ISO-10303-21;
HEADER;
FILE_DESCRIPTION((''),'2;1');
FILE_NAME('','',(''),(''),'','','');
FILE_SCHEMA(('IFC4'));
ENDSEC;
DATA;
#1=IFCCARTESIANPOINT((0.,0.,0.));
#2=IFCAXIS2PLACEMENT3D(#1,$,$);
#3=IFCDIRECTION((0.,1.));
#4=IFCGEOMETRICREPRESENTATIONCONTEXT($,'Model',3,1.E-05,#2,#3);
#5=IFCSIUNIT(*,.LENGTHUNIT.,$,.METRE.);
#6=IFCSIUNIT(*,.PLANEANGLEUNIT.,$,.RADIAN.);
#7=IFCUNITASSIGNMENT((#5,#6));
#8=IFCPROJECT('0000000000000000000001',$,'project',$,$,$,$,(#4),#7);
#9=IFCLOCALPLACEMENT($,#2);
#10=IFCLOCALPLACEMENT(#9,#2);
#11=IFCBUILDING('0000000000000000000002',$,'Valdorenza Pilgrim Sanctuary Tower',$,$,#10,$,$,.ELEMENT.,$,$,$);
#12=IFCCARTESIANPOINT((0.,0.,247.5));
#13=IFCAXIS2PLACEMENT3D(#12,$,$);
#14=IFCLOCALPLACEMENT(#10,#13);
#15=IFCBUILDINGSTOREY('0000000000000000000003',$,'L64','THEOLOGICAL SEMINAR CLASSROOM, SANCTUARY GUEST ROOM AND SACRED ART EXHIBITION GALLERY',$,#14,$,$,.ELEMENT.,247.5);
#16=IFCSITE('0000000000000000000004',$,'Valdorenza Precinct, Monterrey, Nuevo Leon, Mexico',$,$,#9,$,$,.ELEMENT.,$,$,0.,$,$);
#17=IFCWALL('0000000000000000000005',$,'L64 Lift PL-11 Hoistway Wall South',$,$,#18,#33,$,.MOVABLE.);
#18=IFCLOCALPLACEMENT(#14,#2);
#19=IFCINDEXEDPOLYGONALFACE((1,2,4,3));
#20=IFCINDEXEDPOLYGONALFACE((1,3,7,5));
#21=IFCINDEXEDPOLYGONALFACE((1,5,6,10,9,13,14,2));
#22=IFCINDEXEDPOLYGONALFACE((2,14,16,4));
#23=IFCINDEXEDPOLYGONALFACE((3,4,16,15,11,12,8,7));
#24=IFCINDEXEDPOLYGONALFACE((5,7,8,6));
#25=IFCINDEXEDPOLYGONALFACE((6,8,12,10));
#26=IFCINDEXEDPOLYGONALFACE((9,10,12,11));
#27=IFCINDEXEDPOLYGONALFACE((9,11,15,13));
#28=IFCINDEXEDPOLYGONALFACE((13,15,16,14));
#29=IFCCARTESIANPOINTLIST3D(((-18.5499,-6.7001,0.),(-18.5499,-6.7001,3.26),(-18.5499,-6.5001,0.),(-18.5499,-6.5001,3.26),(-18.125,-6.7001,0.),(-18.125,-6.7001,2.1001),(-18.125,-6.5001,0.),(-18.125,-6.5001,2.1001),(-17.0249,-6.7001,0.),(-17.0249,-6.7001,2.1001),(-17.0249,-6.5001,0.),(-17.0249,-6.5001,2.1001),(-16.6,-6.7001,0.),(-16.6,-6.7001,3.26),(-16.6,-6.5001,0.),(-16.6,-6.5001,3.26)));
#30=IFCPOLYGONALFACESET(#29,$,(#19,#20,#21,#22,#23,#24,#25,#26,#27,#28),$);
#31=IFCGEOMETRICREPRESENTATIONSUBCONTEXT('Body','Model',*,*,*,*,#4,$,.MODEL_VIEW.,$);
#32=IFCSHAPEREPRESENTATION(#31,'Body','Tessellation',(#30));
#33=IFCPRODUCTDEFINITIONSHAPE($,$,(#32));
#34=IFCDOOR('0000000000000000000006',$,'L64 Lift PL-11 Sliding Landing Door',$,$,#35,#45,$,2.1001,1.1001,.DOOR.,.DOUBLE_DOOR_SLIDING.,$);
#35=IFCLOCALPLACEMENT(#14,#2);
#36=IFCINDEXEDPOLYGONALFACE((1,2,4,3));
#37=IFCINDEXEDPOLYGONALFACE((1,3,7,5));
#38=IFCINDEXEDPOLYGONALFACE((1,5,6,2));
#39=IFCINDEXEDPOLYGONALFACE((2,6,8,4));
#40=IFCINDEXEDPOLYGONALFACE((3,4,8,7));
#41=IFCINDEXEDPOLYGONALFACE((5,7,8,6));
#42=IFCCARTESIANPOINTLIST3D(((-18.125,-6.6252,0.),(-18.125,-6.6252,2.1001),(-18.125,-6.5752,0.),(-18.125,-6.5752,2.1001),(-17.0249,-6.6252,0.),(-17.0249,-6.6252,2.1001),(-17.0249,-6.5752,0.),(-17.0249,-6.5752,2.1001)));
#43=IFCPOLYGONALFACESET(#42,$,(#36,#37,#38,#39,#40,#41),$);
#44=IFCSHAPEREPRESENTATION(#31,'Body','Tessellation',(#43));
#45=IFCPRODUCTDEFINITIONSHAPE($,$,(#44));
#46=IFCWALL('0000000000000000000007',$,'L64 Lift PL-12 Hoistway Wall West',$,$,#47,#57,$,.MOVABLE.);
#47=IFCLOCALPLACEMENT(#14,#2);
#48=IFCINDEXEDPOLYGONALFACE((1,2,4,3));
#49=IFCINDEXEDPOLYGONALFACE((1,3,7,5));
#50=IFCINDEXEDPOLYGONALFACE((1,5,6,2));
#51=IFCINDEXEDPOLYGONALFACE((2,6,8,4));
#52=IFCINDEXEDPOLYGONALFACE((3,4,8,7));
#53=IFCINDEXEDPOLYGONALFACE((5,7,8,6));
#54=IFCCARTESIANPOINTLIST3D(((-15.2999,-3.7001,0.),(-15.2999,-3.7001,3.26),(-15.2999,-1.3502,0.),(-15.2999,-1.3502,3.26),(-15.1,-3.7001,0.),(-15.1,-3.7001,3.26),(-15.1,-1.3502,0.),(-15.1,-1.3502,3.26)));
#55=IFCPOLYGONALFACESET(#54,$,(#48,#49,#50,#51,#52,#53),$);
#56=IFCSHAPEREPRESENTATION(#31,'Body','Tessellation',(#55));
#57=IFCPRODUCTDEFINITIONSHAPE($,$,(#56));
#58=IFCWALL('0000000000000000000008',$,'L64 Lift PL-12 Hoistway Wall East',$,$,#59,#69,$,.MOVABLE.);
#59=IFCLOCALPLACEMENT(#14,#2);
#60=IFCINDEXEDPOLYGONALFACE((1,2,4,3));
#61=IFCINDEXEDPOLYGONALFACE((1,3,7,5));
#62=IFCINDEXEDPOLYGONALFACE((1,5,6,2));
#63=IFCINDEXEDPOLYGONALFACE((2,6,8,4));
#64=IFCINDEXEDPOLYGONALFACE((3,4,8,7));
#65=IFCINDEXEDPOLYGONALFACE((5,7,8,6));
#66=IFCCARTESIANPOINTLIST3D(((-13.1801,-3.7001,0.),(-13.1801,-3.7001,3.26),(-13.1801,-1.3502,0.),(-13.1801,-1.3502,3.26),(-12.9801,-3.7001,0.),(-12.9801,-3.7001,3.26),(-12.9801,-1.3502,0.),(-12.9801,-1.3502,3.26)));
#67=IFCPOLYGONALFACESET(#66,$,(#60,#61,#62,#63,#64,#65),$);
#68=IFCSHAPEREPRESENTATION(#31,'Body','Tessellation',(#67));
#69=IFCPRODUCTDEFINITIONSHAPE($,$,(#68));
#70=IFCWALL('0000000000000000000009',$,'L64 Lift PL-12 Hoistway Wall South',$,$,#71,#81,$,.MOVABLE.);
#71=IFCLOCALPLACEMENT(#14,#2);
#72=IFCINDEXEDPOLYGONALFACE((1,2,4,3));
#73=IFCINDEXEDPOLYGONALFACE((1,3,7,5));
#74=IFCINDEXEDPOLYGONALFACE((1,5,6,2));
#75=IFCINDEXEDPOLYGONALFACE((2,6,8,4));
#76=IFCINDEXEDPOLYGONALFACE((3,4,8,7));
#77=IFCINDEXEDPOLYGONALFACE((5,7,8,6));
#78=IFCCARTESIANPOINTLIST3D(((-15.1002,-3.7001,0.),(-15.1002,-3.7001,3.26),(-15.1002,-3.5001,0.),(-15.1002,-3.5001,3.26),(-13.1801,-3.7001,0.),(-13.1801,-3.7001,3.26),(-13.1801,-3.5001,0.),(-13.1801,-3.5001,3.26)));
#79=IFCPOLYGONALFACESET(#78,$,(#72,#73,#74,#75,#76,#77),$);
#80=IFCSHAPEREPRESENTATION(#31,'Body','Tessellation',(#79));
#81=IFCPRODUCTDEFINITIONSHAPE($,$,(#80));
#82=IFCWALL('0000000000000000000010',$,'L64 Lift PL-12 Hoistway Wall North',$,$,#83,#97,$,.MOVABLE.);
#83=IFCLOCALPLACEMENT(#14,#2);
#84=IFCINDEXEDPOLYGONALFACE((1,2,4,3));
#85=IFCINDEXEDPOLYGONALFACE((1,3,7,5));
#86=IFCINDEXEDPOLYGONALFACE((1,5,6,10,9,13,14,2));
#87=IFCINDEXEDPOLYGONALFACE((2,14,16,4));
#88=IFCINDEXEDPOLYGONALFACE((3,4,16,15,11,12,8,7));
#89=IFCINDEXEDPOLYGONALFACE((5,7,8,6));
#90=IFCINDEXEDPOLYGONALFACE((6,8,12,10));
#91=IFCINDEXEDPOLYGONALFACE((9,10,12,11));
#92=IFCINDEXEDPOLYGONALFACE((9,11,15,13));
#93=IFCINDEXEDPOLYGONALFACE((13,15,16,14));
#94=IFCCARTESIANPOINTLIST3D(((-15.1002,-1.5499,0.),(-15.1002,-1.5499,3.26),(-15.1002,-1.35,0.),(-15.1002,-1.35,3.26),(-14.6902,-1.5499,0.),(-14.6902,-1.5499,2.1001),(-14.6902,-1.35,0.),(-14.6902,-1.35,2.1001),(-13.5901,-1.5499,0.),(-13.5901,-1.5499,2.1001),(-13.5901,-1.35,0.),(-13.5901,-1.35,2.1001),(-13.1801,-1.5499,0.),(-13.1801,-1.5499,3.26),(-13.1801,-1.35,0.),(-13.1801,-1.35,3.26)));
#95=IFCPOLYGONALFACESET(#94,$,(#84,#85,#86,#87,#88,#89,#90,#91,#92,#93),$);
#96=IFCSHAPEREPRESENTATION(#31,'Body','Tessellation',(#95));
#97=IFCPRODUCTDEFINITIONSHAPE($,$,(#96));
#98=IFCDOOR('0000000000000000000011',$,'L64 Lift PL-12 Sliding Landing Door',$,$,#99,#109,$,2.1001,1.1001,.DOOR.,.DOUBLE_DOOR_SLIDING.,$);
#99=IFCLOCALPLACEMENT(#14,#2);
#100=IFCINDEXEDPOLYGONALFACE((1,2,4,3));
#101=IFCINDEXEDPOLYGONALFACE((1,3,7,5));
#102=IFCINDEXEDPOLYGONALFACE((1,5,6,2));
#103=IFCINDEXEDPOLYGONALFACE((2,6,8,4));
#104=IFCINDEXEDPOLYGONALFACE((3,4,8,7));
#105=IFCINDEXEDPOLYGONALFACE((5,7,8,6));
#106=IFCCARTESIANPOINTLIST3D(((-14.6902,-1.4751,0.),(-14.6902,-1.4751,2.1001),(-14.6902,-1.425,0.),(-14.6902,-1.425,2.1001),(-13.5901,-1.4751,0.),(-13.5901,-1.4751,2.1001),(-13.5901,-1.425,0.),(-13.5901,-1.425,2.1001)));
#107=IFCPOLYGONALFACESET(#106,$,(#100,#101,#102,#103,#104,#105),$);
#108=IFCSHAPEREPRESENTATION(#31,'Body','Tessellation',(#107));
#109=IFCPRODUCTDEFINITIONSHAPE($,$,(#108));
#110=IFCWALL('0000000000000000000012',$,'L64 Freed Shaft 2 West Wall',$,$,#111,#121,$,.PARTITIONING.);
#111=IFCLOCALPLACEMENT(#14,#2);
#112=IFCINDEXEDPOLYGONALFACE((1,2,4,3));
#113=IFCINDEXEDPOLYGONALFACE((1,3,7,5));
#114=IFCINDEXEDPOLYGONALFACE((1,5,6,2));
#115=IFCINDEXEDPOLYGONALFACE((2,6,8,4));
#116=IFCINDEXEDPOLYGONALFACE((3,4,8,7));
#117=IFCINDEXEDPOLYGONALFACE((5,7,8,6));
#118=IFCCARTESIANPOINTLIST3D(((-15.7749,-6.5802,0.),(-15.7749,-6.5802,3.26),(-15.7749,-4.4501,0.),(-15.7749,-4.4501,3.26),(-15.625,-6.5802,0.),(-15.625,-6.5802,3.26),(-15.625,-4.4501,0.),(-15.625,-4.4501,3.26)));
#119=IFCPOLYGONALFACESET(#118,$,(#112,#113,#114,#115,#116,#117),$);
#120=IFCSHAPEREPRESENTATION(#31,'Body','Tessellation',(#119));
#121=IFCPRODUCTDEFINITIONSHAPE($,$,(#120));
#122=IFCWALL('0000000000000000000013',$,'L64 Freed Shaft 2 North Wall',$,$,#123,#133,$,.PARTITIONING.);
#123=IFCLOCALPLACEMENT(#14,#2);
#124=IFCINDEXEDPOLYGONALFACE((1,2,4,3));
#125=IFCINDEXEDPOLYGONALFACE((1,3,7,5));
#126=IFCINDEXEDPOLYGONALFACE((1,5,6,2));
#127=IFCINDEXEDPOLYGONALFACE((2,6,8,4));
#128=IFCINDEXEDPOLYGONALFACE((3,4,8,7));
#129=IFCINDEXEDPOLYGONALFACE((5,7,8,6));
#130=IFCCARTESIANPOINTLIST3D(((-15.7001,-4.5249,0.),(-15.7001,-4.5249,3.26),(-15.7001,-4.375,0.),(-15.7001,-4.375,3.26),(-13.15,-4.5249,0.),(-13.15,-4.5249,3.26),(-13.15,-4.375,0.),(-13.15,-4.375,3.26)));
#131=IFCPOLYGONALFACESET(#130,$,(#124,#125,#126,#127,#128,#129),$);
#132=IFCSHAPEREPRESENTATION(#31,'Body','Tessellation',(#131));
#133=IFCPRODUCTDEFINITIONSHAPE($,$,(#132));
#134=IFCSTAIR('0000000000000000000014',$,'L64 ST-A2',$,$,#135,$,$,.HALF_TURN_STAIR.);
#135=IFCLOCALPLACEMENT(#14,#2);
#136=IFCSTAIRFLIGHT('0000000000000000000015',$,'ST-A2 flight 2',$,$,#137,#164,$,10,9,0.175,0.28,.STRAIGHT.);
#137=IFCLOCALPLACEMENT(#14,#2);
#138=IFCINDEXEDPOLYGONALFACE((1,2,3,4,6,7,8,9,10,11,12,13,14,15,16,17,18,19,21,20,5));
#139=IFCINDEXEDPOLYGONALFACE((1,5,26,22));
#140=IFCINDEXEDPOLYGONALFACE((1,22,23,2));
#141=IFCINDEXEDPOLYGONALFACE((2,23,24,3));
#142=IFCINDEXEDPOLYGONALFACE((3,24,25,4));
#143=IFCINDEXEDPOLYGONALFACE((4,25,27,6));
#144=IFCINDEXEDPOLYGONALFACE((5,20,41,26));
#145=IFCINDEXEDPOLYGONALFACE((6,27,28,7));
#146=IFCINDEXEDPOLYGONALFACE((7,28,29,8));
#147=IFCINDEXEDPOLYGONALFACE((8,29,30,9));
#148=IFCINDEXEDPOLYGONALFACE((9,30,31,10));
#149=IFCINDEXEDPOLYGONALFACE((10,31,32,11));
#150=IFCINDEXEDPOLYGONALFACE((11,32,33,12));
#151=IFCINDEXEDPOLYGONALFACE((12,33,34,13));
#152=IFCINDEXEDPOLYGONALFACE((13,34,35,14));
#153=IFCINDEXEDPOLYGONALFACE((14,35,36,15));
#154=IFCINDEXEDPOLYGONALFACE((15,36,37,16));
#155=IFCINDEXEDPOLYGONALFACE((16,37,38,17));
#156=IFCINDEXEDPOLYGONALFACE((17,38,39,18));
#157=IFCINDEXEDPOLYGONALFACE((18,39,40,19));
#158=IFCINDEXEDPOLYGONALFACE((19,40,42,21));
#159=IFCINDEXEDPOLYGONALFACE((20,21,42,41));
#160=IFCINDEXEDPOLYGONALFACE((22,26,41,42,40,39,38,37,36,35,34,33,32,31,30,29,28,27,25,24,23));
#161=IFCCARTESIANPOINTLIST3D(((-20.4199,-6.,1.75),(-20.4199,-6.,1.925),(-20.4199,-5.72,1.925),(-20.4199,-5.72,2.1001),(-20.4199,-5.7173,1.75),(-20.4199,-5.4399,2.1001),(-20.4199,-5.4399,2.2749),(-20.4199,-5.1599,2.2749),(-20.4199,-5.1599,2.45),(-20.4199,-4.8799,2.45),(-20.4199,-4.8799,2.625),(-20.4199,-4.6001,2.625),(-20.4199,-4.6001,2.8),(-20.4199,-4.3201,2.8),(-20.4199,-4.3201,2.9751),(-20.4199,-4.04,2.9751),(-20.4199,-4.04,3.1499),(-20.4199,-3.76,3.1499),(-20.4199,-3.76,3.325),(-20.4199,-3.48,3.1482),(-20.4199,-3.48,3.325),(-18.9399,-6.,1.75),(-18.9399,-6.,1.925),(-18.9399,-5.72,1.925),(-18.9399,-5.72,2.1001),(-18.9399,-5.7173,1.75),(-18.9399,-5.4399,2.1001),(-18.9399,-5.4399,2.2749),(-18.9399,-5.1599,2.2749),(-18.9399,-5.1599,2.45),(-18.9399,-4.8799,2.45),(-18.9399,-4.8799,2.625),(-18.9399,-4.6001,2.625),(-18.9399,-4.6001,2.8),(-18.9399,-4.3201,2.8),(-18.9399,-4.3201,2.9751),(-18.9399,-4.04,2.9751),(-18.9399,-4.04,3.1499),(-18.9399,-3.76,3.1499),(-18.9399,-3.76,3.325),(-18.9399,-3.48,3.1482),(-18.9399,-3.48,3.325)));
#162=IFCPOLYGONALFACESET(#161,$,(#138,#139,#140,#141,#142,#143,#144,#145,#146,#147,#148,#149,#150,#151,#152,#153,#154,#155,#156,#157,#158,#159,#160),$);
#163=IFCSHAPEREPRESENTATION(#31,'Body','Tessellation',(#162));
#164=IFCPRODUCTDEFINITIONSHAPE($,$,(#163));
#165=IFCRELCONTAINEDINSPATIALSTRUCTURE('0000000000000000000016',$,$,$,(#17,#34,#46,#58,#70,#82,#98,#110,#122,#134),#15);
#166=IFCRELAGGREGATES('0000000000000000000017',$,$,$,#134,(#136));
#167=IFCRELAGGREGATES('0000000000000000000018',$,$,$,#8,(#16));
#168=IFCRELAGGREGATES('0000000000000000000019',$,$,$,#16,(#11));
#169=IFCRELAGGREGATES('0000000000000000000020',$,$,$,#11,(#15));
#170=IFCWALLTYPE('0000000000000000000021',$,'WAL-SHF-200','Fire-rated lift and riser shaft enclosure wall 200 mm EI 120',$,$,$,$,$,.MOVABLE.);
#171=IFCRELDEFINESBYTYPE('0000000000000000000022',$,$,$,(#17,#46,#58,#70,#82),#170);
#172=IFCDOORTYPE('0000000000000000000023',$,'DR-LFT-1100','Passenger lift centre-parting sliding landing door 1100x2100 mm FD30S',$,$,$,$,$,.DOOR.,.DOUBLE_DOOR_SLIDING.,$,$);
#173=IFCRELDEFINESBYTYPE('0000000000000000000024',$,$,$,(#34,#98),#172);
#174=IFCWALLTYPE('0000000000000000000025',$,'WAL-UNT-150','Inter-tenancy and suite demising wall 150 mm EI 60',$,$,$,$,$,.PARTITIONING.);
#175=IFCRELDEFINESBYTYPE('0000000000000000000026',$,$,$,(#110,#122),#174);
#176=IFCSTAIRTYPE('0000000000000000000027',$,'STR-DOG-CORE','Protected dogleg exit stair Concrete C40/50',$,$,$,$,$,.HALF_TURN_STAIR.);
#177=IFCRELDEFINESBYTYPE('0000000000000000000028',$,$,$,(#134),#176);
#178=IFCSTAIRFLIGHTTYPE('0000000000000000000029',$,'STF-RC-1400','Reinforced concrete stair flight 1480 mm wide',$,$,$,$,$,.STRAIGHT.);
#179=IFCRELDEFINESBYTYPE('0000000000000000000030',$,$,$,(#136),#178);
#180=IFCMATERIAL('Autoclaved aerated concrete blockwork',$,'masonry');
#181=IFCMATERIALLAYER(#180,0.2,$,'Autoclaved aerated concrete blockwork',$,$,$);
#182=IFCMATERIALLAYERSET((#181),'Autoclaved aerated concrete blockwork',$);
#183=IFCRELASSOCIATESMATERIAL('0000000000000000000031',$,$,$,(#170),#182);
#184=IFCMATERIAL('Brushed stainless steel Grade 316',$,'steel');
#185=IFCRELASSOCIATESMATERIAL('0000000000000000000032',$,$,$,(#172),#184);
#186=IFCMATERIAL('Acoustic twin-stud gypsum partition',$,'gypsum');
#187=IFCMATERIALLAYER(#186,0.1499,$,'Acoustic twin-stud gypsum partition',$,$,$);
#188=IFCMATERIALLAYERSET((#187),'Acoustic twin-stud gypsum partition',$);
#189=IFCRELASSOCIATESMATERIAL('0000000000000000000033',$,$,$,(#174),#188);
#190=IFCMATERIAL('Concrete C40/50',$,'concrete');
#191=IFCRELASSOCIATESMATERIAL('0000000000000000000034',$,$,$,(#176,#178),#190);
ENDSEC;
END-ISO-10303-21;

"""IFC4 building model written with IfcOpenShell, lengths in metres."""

from ifc_helpers import new_model, si_unit, direction, frame, frame_2d, origin, place, context, subcontext, project, spatial, polyline, rectangle, outline, extrude, material, layer, layer_set, type_object, element, fill, aggregate, save


model = new_model("IFC4")

# Units and contexts
model_context = context("Model", 3, precision=1e-05, world=origin(), true_north=direction((0.0, 1.0)))
body_context = subcontext(model_context, "Body", "Model", "MODEL_VIEW")
ifc_project = project(units=[si_unit("LENGTHUNIT", "METRE"), si_unit("PLANEANGLEUNIT", "RADIAN")], contexts=[model_context])

# Site, building, storey
site_placement = place(None, origin())
site = spatial("IfcSite", under=ifc_project, at=site_placement, Name="Valdorenza Precinct, Monterrey, Nuevo Leon, Mexico", CompositionType="ELEMENT", RefElevation=0.0)
building_placement = place(site_placement, origin())
building = spatial("IfcBuilding", under=site, at=building_placement, Name="Valdorenza Pilgrim Sanctuary Tower", CompositionType="ELEMENT")
storey_placement = place(building_placement, frame((0.0, 0.0, 247.5)))
storey = spatial("IfcBuildingStorey", under=building, at=storey_placement, Name="L64", Description="THEOLOGICAL SEMINAR CLASSROOM, SANCTUARY GUEST ROOM AND SACRED ART EXHIBITION GALLERY", CompositionType="ELEMENT", Elevation=247.5)

# Shared definitions
ifc_material_1 = material(Name="Acoustic twin-stud gypsum partition", Category="gypsum")

# Shared definitions
ifc_material_2 = material(Name="Autoclaved aerated concrete blockwork", Category="masonry")
ifc_layer_1 = layer(ifc_material_2, 0.2, Name="Autoclaved aerated concrete blockwork")
ifc_layer_set_1 = layer_set([ifc_layer_1], Name="Autoclaved aerated concrete blockwork")
wall_type_1 = type_object("IfcWallType", Name="WAL-SHF-200", Description="Fire-rated lift and riser shaft enclosure wall 200 mm EI 120", PredefinedType="MOVABLE", material=ifc_layer_set_1)

# Shared definitions
ifc_material_3 = material(Name="Brushed stainless steel Grade 316", Category="steel")

# Wall, opening, door
wall_1_placement = place(storey_placement, frame((-18.55, -6.6001, 0.0), z_axis=(0.0, 0.0, 1.0), x_axis=(1.0, 0.0, 0.0)))
wall_1 = element("IfcWall", 1, at=wall_1_placement, inside=storey, type_object=wall_type_1, Name="L64 Lift PL-11 Hoistway Wall South", PredefinedType="MOVABLE", context=body_context, shape_type="SweptSolid", body=[
    extrude(rectangle(XDim=1.95, YDim=0.2, at=frame_2d((0.9751, 0.0))), origin(), (0.0, 0.0, 1.0), 3.26),
])
opening_1_placement = place(wall_1_placement, frame((0.425, 0.0, 0.0)))
opening_1 = element("IfcOpeningElement", 2, at=opening_1_placement, cuts=wall_1, PredefinedType="OPENING", context=body_context, shape_type="SweptSolid", body=[
    extrude(rectangle(XDim=1.1001, YDim=2.1001, at=frame_2d((0.55, 1.05))), frame((0.0, 0.1147, 0.0), z_axis=(0.0, -1.0, 0.0), x_axis=(1.0, 0.0, 0.0)), (0.0, 0.0, 1.0), 0.2297),
])
door_type_1 = type_object("IfcDoorType", Name="DR-LFT-1100", Description="Passenger lift centre-parting sliding landing door 1100x2100 mm FD30S", OperationType="DOUBLE_DOOR_SLIDING", PredefinedType="DOOR", material=ifc_material_3)
door_1_placement = place(opening_1_placement, origin())
door_1 = element("IfcDoor", 3, at=door_1_placement, inside=storey, type_object=door_type_1, Name="L64 Lift PL-11 Sliding Landing Door", OperationType="DOUBLE_DOOR_SLIDING", OverallHeight=2.1001, OverallWidth=1.1001, PredefinedType="DOOR", context=body_context, shape_type="SweptSolid", body=[
    extrude(rectangle(XDim=1.1001, YDim=2.1001, at=frame_2d((0.55, 1.05))), frame((0.0, 0.0249, 0.0), z_axis=(0.0, -1.0, 0.0), x_axis=(1.0, 0.0, 0.0)), (0.0, 0.0, 1.0), 0.05),
])
fill(opening_1, door_1)

# Walls
for number, where, z_axis, x_axis, name in (
    (4, (-15.2, -3.7, 0.0), (0.0, 0.0, 1.0), (0.0, 1.0, 0.0), "L64 Lift PL-12 Hoistway Wall West"),
    (5, (-13.0801, -3.7, 0.0), (0.0, 0.0, 1.0), (0.0, 1.0, 0.0), "L64 Lift PL-12 Hoistway Wall East"),
):
    element("IfcWall", number, at=place(storey_placement, frame(where, z_axis=z_axis, x_axis=x_axis)), inside=storey, type_object=wall_type_1, Name=name, PredefinedType="MOVABLE", context=body_context, shape_type="SweptSolid", body=[
        extrude(rectangle(XDim=2.3499, YDim=0.2, at=frame_2d((1.1748, 0.0))), origin(), (0.0, 0.0, 1.0), 3.26),
    ])
wall_2_placement = place(storey_placement, frame((-15.1001, -3.6001, 0.0), z_axis=(0.0, 0.0, 1.0), x_axis=(1.0, 0.0, 0.0)))
element("IfcWall", 6, at=wall_2_placement, inside=storey, type_object=wall_type_1, Name="L64 Lift PL-12 Hoistway Wall South", PredefinedType="MOVABLE", context=body_context, shape_type="SweptSolid", body=[
    extrude(rectangle(XDim=1.9202, YDim=0.2, at=frame_2d((0.96, 0.0))), origin(), (0.0, 0.0, 1.0), 3.26),
])

# Wall, opening, door
wall_3_placement = place(storey_placement, frame((-15.1001, -1.45, 0.0), z_axis=(0.0, 0.0, 1.0), x_axis=(1.0, 0.0, 0.0)))
wall_3 = element("IfcWall", 7, at=wall_3_placement, inside=storey, type_object=wall_type_1, Name="L64 Lift PL-12 Hoistway Wall North", PredefinedType="MOVABLE", context=body_context, shape_type="SweptSolid", body=[
    extrude(rectangle(XDim=1.9202, YDim=0.2, at=frame_2d((0.96, 0.0))), origin(), (0.0, 0.0, 1.0), 3.26),
])
opening_2_placement = place(wall_3_placement, frame((0.4099, 0.0, 0.0)))
opening_2 = element("IfcOpeningElement", 8, at=opening_2_placement, cuts=wall_3, PredefinedType="OPENING", context=body_context, shape_type="SweptSolid", body=[
    extrude(rectangle(XDim=1.1001, YDim=2.1001, at=frame_2d((0.55, 1.05))), frame((0.0, 0.1147, 0.0), z_axis=(0.0, -1.0, 0.0), x_axis=(1.0, 0.0, 0.0)), (0.0, 0.0, 1.0), 0.2297),
])
door_2_placement = place(opening_2_placement, origin())
door_2 = element("IfcDoor", 9, at=door_2_placement, inside=storey, type_object=door_type_1, Name="L64 Lift PL-12 Sliding Landing Door", OperationType="DOUBLE_DOOR_SLIDING", OverallHeight=2.1001, OverallWidth=1.1001, PredefinedType="DOOR", context=body_context, shape_type="SweptSolid", body=[
    extrude(rectangle(XDim=1.1001, YDim=2.1001, at=frame_2d((0.55, 1.05))), frame((0.0, 0.0249, 0.0), z_axis=(0.0, -1.0, 0.0), x_axis=(1.0, 0.0, 0.0)), (0.0, 0.0, 1.0), 0.05),
])
fill(opening_2, door_2)

# Walls
ifc_layer_2 = layer(ifc_material_1, 0.1499, Name="Acoustic twin-stud gypsum partition")
ifc_layer_set_2 = layer_set([ifc_layer_2], Name="Acoustic twin-stud gypsum partition")
wall_type_2 = type_object("IfcWallType", Name="WAL-UNT-150", Description="Inter-tenancy and suite demising wall 150 mm EI 60", PredefinedType="PARTITIONING", material=ifc_layer_set_2)
wall_4_placement = place(storey_placement, frame((-15.7, -6.5801, 0.0), z_axis=(0.0, 0.0, 1.0), x_axis=(0.0, 1.0, 0.0)))
element("IfcWall", 10, at=wall_4_placement, inside=storey, type_object=wall_type_2, Name="L64 Freed Shaft 2 West Wall", PredefinedType="PARTITIONING", context=body_context, shape_type="SweptSolid", body=[
    extrude(rectangle(XDim=2.1301, YDim=0.1499, at=frame_2d((1.0649, 0.0))), origin(), (0.0, 0.0, 1.0), 3.26),
])
wall_5_placement = place(storey_placement, frame((-15.7, -4.45, 0.0), z_axis=(0.0, 0.0, 1.0), x_axis=(1.0, 0.0, 0.0)))
element("IfcWall", 11, at=wall_5_placement, inside=storey, type_object=wall_type_2, Name="L64 Freed Shaft 2 North Wall", PredefinedType="PARTITIONING", context=body_context, shape_type="SweptSolid", body=[
    extrude(rectangle(XDim=2.55, YDim=0.1499, at=frame_2d((1.2749, 0.0))), origin(), (0.0, 0.0, 1.0), 3.26),
])

# Stair, stair flight
ifc_material_4 = material(Name="Concrete C40/50", Category="concrete")
stair_type = type_object("IfcStairType", Name="STR-DOG-CORE", Description="Protected dogleg exit stair Concrete C40/50", PredefinedType="HALF_TURN_STAIR", material=ifc_material_4)
stair_placement = place(storey_placement, origin())
stair = element("IfcStair", 12, at=stair_placement, inside=storey, type_object=stair_type, Name="L64 ST-A2", PredefinedType="HALF_TURN_STAIR")
stair_flight_type = type_object("IfcStairFlightType", Name="STF-RC-1400", Description="Reinforced concrete stair flight 1480 mm wide", PredefinedType="STRAIGHT", material=ifc_material_4)
stair_flight_placement = place(storey_placement, frame((-19.6799, -6.0, 1.75), z_axis=(0.0, 0.0, 1.0), x_axis=(0.0, 1.0, 0.0)))
stair_flight = element("IfcStairFlight", 13, at=stair_flight_placement, type_object=stair_flight_type, Name="ST-A2 flight 2", NumberOfRisers=10, NumberOfTreads=9, PredefinedType="STRAIGHT", RiserHeight=0.175, TreadLength=0.28, context=body_context, shape_type="SweptSolid", body=[
    extrude(outline(polyline([(0.0, 0.0), (0.0, 0.175), (0.28, 0.175), (0.28, 0.3501), (0.5601, 0.3501), (0.5601, 0.5249), (0.8401, 0.5249), (0.8401, 0.7), (1.1201, 0.7), (1.1201, 0.875), (1.3999, 0.875), (1.3999, 1.05), (1.6799, 1.05), (1.6799, 1.2251), (1.96, 1.2251), (1.96, 1.3999), (2.24, 1.3999), (2.24, 1.575), (2.52, 1.575), (2.52, 1.75), (2.52, 1.3982), (0.2827, 0.0), (0.0, 0.0)])), frame((0.0, 0.74, 0.0), z_axis=(0.0, -1.0, 0.0), x_axis=(1.0, 0.0, 0.0)), (0.0, 0.0, 1.0), 1.48),
])
aggregate(stair, [stair_flight])

save(model, "model.ifc")
